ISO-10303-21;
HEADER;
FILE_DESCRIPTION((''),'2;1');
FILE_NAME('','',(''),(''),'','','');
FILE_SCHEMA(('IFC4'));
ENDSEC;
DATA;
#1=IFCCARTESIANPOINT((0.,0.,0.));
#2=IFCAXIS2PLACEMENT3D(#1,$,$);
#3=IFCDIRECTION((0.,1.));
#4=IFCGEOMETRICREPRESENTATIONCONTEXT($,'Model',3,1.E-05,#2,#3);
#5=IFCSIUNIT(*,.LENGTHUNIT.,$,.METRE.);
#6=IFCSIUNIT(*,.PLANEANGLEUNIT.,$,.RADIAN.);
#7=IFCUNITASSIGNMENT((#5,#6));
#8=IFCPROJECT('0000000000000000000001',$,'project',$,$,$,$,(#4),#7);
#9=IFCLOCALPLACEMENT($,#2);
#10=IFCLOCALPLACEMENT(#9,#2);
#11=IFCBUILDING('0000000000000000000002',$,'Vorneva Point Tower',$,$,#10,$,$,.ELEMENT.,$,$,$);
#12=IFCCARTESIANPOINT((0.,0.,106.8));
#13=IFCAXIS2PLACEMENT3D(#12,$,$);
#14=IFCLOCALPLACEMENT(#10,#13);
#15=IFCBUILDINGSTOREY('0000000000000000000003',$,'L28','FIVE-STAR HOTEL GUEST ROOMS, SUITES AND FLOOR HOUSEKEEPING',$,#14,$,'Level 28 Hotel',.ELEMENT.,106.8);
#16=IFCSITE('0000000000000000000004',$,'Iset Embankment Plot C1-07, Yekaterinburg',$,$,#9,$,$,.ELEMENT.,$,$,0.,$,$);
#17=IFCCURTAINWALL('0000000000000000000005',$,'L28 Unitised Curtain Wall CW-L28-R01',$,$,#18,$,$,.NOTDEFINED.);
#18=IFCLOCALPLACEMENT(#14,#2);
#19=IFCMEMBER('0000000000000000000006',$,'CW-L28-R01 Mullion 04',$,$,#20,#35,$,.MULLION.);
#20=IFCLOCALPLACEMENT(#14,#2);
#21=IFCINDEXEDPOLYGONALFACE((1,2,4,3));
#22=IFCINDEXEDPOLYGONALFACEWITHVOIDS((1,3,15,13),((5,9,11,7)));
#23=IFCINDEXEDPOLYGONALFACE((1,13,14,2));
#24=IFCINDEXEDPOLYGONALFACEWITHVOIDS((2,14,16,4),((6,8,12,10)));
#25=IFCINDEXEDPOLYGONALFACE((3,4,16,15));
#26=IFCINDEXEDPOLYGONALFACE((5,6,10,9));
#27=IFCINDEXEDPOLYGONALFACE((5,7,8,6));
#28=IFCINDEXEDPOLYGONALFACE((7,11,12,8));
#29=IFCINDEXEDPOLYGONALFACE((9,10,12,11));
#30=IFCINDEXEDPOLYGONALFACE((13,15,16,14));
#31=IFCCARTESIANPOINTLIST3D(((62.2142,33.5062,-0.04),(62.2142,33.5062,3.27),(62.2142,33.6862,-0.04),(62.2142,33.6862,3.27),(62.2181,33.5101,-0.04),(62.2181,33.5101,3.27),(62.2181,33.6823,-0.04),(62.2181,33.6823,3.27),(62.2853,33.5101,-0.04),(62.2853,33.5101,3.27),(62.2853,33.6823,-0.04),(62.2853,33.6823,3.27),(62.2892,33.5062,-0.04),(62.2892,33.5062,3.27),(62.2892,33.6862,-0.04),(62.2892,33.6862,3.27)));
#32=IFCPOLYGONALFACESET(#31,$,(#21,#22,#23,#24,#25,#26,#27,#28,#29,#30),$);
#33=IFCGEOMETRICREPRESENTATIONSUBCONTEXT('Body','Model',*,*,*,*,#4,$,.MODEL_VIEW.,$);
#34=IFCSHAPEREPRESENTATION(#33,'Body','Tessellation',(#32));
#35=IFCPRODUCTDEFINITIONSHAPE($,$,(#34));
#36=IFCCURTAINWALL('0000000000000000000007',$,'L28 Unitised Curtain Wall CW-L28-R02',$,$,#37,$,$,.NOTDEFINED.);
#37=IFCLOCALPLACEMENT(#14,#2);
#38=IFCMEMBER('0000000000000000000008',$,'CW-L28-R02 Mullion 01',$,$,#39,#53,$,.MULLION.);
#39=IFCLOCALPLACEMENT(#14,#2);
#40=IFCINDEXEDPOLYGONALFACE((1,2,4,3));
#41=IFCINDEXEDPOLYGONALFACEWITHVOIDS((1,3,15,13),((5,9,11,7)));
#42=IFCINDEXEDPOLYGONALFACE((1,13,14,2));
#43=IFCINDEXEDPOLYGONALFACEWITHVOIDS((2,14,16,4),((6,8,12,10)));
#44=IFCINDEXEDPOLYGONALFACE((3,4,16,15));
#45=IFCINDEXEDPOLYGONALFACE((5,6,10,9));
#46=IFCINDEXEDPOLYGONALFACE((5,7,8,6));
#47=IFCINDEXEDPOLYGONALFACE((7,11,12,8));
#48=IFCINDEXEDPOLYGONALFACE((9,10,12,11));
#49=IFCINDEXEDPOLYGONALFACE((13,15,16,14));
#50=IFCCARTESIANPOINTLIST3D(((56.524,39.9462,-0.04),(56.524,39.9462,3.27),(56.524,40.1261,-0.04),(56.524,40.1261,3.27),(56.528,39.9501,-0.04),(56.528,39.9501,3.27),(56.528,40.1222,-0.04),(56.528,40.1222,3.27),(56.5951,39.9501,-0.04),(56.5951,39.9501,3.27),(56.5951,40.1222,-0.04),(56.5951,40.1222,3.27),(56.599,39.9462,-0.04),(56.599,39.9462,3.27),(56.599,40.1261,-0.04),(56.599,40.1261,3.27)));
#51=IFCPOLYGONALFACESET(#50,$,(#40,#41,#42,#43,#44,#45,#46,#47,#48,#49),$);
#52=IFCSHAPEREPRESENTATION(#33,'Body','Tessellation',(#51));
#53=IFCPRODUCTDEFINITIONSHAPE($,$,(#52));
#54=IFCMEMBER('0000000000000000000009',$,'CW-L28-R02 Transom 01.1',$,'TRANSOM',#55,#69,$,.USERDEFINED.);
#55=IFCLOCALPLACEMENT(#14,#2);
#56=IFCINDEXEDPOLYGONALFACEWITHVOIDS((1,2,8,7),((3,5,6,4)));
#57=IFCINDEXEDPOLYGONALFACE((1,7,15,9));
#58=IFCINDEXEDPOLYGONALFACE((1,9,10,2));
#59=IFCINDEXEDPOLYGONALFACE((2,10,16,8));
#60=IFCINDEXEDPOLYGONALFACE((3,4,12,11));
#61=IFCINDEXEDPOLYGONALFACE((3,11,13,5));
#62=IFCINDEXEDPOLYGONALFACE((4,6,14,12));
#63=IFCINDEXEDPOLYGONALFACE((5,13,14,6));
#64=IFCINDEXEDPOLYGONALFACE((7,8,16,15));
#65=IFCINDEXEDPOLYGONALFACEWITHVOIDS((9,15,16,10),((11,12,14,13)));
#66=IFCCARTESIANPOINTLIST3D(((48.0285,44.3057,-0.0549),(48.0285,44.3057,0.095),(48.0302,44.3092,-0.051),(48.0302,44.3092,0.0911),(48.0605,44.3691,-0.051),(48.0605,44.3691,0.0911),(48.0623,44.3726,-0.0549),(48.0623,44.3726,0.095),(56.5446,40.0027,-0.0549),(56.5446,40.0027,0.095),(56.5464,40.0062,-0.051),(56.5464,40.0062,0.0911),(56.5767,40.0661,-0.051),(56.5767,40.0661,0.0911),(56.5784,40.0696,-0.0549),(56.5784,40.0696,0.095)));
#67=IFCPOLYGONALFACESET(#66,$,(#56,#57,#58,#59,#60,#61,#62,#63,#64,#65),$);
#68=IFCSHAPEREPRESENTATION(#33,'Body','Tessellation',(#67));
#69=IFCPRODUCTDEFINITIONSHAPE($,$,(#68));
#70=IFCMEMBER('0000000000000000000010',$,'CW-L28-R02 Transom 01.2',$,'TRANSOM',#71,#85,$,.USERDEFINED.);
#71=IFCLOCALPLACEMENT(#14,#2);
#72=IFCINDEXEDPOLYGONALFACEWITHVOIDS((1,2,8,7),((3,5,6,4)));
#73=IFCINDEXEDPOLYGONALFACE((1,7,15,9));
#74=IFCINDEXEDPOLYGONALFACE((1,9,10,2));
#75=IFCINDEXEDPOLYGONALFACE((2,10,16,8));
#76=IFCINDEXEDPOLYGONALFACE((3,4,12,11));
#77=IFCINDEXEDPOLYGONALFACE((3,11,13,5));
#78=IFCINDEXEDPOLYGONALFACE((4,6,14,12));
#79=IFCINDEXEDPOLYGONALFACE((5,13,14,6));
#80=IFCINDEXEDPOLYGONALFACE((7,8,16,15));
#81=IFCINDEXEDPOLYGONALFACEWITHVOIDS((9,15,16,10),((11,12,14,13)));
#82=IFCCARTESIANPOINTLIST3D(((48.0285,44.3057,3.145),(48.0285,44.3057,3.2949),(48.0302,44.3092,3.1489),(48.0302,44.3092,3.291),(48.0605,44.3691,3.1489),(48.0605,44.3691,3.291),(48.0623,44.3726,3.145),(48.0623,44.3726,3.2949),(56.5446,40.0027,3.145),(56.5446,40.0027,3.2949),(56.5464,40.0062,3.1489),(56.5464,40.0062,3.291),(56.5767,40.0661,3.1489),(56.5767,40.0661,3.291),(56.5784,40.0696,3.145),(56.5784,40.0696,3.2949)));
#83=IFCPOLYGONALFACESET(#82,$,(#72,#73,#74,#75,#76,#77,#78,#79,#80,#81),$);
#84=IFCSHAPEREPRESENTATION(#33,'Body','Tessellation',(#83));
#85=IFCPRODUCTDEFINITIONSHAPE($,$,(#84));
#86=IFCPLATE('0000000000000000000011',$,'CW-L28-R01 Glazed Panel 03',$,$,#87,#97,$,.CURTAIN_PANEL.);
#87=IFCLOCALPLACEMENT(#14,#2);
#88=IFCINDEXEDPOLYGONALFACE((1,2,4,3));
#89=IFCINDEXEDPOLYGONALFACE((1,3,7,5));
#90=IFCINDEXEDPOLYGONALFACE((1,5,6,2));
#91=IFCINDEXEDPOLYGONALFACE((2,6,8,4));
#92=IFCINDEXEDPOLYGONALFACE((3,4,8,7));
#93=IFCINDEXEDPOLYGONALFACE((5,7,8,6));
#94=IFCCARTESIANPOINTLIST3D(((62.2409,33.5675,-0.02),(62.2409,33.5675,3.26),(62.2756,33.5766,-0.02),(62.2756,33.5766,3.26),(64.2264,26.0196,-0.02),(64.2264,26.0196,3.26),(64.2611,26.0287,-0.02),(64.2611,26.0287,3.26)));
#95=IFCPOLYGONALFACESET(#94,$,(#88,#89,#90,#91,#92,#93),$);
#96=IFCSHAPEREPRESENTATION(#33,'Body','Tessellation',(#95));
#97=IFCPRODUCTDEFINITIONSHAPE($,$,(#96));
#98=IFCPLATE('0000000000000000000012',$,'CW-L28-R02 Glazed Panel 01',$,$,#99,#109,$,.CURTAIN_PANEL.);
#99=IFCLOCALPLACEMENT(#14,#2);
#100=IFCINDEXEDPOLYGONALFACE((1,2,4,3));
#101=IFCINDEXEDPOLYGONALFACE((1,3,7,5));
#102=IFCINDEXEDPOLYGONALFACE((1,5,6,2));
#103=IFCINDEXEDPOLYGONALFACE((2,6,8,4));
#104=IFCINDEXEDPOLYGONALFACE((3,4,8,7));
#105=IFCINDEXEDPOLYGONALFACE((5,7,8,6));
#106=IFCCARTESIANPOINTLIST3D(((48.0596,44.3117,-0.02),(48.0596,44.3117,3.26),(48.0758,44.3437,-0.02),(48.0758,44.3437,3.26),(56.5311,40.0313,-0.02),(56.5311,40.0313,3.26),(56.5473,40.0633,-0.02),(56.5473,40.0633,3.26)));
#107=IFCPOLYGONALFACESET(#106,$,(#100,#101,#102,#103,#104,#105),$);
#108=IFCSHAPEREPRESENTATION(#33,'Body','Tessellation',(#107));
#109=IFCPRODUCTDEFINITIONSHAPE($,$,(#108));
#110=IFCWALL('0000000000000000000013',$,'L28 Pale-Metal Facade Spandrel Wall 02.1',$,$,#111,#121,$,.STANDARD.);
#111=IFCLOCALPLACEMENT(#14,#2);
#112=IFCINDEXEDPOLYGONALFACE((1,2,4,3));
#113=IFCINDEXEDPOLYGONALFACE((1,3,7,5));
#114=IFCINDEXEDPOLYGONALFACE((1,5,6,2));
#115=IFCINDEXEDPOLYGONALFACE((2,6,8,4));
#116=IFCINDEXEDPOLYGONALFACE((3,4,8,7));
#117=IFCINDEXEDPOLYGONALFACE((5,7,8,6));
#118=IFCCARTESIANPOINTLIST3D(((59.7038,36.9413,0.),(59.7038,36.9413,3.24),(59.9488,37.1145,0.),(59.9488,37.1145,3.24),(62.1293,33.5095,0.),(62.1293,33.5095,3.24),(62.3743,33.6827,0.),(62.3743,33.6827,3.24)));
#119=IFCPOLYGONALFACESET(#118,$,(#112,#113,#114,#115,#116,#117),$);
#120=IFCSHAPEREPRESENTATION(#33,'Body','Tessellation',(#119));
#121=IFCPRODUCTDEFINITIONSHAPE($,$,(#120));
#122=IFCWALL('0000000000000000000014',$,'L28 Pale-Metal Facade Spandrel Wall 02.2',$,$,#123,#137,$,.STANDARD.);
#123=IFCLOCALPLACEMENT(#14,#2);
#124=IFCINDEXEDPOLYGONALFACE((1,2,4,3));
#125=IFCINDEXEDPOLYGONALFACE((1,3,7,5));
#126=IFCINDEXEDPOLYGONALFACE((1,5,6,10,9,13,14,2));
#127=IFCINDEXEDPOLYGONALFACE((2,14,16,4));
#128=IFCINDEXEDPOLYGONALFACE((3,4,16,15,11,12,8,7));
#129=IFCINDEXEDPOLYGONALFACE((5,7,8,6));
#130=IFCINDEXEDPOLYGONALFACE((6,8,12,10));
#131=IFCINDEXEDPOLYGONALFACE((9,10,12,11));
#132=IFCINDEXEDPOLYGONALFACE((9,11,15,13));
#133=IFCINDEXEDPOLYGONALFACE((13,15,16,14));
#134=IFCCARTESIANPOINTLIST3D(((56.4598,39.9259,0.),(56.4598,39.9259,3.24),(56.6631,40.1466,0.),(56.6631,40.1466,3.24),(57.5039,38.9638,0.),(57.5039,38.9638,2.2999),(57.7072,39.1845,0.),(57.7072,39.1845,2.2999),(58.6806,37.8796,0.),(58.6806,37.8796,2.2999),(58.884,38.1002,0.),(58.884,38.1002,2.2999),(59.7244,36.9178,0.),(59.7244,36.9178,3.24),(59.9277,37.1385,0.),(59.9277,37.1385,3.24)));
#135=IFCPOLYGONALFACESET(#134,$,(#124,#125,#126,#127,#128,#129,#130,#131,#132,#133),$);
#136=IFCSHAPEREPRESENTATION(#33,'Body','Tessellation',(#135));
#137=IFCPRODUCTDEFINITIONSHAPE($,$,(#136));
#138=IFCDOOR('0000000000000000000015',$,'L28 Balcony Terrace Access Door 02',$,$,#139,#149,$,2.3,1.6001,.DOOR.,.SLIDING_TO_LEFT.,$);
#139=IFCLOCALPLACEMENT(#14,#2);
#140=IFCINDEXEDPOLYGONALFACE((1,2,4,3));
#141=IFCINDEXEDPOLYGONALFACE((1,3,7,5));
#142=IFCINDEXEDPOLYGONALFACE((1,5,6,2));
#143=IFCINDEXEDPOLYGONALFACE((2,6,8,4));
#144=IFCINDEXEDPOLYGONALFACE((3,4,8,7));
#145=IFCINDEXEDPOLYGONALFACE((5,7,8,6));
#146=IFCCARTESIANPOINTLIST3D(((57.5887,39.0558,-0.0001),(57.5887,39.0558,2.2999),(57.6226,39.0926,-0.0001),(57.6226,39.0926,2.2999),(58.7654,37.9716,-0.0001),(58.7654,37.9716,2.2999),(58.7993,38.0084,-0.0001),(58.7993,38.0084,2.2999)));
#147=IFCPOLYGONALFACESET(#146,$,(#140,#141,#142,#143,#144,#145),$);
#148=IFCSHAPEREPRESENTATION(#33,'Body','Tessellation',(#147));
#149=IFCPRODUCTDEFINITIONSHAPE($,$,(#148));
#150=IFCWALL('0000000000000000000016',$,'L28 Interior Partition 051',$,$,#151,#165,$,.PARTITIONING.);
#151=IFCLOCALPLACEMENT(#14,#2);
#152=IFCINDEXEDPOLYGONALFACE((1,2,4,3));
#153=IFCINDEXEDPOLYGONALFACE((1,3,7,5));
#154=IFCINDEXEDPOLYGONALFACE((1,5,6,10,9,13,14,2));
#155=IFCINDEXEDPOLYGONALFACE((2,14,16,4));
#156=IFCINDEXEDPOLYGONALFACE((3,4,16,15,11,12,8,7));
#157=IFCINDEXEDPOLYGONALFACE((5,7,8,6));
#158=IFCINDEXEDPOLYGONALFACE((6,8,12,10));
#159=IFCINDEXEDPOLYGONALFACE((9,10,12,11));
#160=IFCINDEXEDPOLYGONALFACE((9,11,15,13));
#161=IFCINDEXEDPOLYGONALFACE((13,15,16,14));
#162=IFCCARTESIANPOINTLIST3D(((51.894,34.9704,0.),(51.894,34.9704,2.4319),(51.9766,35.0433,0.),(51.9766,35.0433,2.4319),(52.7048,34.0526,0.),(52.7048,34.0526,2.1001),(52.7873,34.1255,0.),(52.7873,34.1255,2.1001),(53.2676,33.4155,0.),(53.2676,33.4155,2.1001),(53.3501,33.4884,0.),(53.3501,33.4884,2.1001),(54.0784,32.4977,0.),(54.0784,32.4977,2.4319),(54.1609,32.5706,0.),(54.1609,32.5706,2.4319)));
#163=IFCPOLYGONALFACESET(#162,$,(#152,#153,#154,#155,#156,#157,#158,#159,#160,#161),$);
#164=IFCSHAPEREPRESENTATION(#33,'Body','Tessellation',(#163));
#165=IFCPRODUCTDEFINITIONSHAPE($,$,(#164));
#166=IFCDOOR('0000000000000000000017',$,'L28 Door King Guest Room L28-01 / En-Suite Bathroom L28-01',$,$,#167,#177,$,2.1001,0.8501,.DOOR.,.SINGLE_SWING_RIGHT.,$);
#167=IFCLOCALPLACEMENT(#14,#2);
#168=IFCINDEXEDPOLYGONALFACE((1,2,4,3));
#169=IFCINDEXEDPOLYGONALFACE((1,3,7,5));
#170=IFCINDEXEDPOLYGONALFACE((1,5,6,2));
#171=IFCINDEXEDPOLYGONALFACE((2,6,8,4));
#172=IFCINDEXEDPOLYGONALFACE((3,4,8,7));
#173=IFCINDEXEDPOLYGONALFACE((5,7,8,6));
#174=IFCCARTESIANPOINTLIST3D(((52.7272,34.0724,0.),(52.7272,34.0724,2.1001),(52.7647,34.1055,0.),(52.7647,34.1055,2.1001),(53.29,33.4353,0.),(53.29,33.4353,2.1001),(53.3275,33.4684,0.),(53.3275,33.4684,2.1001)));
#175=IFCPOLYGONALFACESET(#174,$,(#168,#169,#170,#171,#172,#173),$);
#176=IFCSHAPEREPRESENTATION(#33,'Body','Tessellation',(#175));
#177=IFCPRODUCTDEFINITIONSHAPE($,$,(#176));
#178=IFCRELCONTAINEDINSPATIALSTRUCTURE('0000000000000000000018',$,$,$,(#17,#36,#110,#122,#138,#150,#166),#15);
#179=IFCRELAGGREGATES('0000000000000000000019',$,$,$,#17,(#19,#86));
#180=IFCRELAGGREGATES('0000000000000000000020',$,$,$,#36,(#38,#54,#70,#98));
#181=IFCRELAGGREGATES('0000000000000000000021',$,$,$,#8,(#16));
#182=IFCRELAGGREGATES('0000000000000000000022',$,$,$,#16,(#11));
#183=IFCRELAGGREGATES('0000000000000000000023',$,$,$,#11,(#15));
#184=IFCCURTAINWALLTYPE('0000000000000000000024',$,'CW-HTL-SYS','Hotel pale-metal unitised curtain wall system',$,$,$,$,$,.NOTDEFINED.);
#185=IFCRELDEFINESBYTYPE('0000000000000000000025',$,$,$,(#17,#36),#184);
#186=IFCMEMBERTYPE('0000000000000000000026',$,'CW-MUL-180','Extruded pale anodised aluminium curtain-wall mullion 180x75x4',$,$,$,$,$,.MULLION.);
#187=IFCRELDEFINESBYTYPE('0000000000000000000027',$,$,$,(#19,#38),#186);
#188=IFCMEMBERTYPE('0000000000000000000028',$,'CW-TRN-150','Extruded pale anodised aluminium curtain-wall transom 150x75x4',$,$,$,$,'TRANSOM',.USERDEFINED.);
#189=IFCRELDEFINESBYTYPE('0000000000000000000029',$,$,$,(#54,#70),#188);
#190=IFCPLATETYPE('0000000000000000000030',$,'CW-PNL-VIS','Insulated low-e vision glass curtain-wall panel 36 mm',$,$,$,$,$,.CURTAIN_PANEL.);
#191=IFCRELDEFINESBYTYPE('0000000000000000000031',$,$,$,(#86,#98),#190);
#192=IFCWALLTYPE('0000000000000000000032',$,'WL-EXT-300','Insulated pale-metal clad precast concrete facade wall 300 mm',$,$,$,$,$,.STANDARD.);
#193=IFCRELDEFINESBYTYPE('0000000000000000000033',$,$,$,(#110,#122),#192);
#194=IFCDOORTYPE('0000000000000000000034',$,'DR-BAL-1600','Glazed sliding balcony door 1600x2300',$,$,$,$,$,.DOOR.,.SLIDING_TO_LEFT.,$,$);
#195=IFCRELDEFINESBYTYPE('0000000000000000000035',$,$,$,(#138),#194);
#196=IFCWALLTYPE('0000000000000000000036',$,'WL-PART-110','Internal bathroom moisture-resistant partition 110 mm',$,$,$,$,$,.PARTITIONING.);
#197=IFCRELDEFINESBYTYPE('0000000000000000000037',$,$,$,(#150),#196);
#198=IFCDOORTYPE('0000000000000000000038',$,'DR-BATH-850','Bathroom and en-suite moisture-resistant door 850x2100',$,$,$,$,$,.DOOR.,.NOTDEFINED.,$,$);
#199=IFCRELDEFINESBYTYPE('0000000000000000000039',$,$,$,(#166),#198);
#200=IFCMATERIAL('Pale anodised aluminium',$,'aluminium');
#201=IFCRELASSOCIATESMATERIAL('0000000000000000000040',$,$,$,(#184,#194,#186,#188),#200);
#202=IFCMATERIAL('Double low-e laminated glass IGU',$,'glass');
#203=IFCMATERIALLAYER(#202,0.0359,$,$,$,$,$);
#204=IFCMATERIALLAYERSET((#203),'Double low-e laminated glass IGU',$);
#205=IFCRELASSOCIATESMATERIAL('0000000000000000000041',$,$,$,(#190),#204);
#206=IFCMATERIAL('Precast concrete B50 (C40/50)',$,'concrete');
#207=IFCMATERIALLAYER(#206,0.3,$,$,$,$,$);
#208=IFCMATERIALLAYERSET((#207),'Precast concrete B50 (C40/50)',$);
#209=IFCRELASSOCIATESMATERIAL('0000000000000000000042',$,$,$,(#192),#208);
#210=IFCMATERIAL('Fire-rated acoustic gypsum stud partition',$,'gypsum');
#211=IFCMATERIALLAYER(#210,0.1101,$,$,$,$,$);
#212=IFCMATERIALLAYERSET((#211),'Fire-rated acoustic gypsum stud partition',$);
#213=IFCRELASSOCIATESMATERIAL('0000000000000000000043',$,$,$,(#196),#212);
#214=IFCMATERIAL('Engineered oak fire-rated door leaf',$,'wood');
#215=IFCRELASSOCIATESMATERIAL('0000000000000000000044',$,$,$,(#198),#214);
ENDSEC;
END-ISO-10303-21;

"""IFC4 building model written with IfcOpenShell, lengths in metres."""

from ifc_helpers import new_model, si_unit, direction, frame, frame_2d, origin, origin_2d, place, context, subcontext, project, spatial, rectangle, hollow_rectangle, extrude, material, layer, layer_set, material_profile, profile_set, type_object, element, fill, aggregate, save


model = new_model("IFC4")

# Units and contexts
model_context = context("Model", 3, precision=1e-05, world=origin(), true_north=direction((0.0, 1.0)))
body_context = subcontext(model_context, "Body", "Model", "MODEL_VIEW")
ifc_project = project(units=[si_unit("LENGTHUNIT", "METRE"), si_unit("PLANEANGLEUNIT", "RADIAN")], contexts=[model_context])

# Site, building, storey
site_placement = place(None, origin())
site = spatial("IfcSite", under=ifc_project, at=site_placement, Name="Iset Embankment Plot C1-07, Yekaterinburg", CompositionType="ELEMENT", RefElevation=0.0)
building_placement = place(site_placement, origin())
building = spatial("IfcBuilding", under=site, at=building_placement, Name="Vorneva Point Tower", CompositionType="ELEMENT")
storey_placement = place(building_placement, frame((0.0, 0.0, 106.8)))
storey = spatial("IfcBuildingStorey", under=building, at=storey_placement, Name="L28", Description="FIVE-STAR HOTEL GUEST ROOMS, SUITES AND FLOOR HOUSEKEEPING", LongName="Level 28 Hotel", CompositionType="ELEMENT", Elevation=106.8)

# Curtain wall, member
ifc_material_1 = material(Name="Pale anodised aluminium", Category="aluminium")
curtain_wall_type = type_object("IfcCurtainWallType", Name="CW-HTL-SYS", Description="Hotel pale-metal unitised curtain wall system", PredefinedType="NOTDEFINED", material=ifc_material_1)
curtain_wall_1_placement = place(storey_placement, origin())
curtain_wall_1 = element("IfcCurtainWall", 1, at=curtain_wall_1_placement, inside=storey, type_object=curtain_wall_type, Name="L28 Unitised Curtain Wall CW-L28-R01", PredefinedType="NOTDEFINED")
ifc_material_profile_1 = material_profile(ifc_material_1, hollow_rectangle(XDim=0.075, YDim=0.1799, WallThickness=0.0039, at=origin_2d()), Name="AL-MUL 180x75x4")
ifc_profile_set_1 = profile_set([ifc_material_profile_1], Name="Pale anodised aluminium")
member_type_1 = type_object("IfcMemberType", Name="CW-MUL-180", Description="Extruded pale anodised aluminium curtain-wall mullion 180x75x4", PredefinedType="MULLION", material=ifc_profile_set_1)
member_1_placement = place(storey_placement, frame((62.2517, 33.5962, -0.04), z_axis=(0.0, 0.0, 1.0), x_axis=(1.0, 0.0, 0.0)))
member_1 = element("IfcMember", 2, at=member_1_placement, type_object=member_type_1, Name="CW-L28-R01 Mullion 04", PredefinedType="MULLION", context=body_context, shape_type="SweptSolid", body=[
    extrude(hollow_rectangle(XDim=0.075, YDim=0.1799, WallThickness=0.0039, at=origin_2d()), origin(), (0.0, 0.0, 1.0), 3.3101),
])

# Curtain wall, members
curtain_wall_2_placement = place(storey_placement, origin())
curtain_wall_2 = element("IfcCurtainWall", 3, at=curtain_wall_2_placement, inside=storey, type_object=curtain_wall_type, Name="L28 Unitised Curtain Wall CW-L28-R02", PredefinedType="NOTDEFINED")
member_2_placement = place(storey_placement, frame((56.5615, 40.0361, -0.04), z_axis=(0.0, 0.0, 1.0), x_axis=(1.0, 0.0, 0.0)))
member_2 = element("IfcMember", 4, at=member_2_placement, type_object=member_type_1, Name="CW-L28-R02 Mullion 01", PredefinedType="MULLION", context=body_context, shape_type="SweptSolid", body=[
    extrude(hollow_rectangle(XDim=0.075, YDim=0.1799, WallThickness=0.0039, at=origin_2d()), origin(), (0.0, 0.0, 1.0), 3.3101),
])
ifc_material_profile_2 = material_profile(ifc_material_1, hollow_rectangle(XDim=0.075, YDim=0.1499, WallThickness=0.0039, at=origin_2d()), Name="AL-TRN 150x75x4")
ifc_profile_set_2 = profile_set([ifc_material_profile_2], Name="Pale anodised aluminium")
member_type_2 = type_object("IfcMemberType", Name="CW-TRN-150", Description="Extruded pale anodised aluminium curtain-wall transom 150x75x4", ElementType="TRANSOM", PredefinedType="USERDEFINED", material=ifc_profile_set_2)
member_3_placement = place(storey_placement, frame((56.5615, 40.0361, 0.02), z_axis=(-0.892536, 0.450976, 0.0), x_axis=(-0.450976, -0.892536, 0.0)))
member_3 = element("IfcMember", 5, at=member_3_placement, type_object=member_type_2, Name="CW-L28-R02 Transom 01.1", ObjectType="TRANSOM", PredefinedType="USERDEFINED", context=body_context, shape_type="SweptSolid", body=[
    extrude(hollow_rectangle(XDim=0.075, YDim=0.1499, WallThickness=0.0039, at=origin_2d()), origin(), (0.0, 0.0, 1.0), 9.5415),
])
member_4_placement = place(storey_placement, frame((56.5615, 40.0361, 3.22), z_axis=(-0.892536, 0.450976, 0.0), x_axis=(-0.450976, -0.892536, 0.0)))
member_4 = element("IfcMember", 6, at=member_4_placement, type_object=member_type_2, Name="CW-L28-R02 Transom 01.2", ObjectType="TRANSOM", PredefinedType="USERDEFINED", context=body_context, shape_type="SweptSolid", body=[
    extrude(hollow_rectangle(XDim=0.075, YDim=0.1499, WallThickness=0.0039, at=origin_2d()), origin(), (0.0, 0.0, 1.0), 9.5415),
])

# Plates
ifc_material_2 = material(Name="Double low-e laminated glass IGU", Category="glass")
ifc_layer_1 = layer(ifc_material_2, 0.0359)
ifc_layer_set_1 = layer_set([ifc_layer_1], Name="Double low-e laminated glass IGU")
plate_type = type_object("IfcPlateType", Name="CW-PNL-VIS", Description="Insulated low-e vision glass curtain-wall panel 36 mm", PredefinedType="CURTAIN_PANEL", material=ifc_layer_set_1)
plate_1_placement = place(storey_placement, frame((63.251, 29.7981, -0.02), z_axis=(0.0, 0.0, 1.0), x_axis=(-0.254399, 0.967099, 0.0)))
plate_1 = element("IfcPlate", 7, at=plate_1_placement, type_object=plate_type, Name="CW-L28-R01 Glazed Panel 03", PredefinedType="CURTAIN_PANEL", context=body_context, shape_type="SweptSolid", body=[
    extrude(rectangle(XDim=7.8047, YDim=0.0359, at=origin_2d()), origin(), (0.0, 0.0, 1.0), 3.28),
])
aggregate(curtain_wall_1, [member_1, plate_1])
plate_2_placement = place(storey_placement, frame((52.3035, 42.1875, -0.02), z_axis=(0.0, 0.0, 1.0), x_axis=(-0.892539, 0.450971, 0.0)))
plate_2 = element("IfcPlate", 8, at=plate_2_placement, type_object=plate_type, Name="CW-L28-R02 Glazed Panel 01", PredefinedType="CURTAIN_PANEL", context=body_context, shape_type="SweptSolid", body=[
    extrude(rectangle(XDim=9.4915, YDim=0.0359, at=origin_2d()), origin(), (0.0, 0.0, 1.0), 3.28),
])
aggregate(curtain_wall_2, [member_2, member_3, member_4, plate_2])

# Wall
ifc_material_3 = material(Name="Precast concrete B50 (C40/50)", Category="concrete")
ifc_layer_2 = layer(ifc_material_3, 0.3)
ifc_layer_set_2 = layer_set([ifc_layer_2], Name="Precast concrete B50 (C40/50)")
wall_type_1 = type_object("IfcWallType", Name="WL-EXT-300", Description="Insulated pale-metal clad precast concrete facade wall 300 mm", PredefinedType="STANDARD", material=ifc_layer_set_2)
wall_1_placement = place(storey_placement, frame((62.2517, 33.5962, 0.0), z_axis=(0.0, 0.0, 1.0), x_axis=(-0.577164, 0.816628, 0.0)))
element("IfcWall", 9, at=wall_1_placement, inside=storey, type_object=wall_type_1, Name="L28 Pale-Metal Facade Spandrel Wall 02.1", PredefinedType="STANDARD", context=body_context, shape_type="SweptSolid", body=[
    extrude(rectangle(XDim=4.2024, YDim=0.3, at=frame_2d((2.1011, 0.0))), origin(), (0.0, 0.0, 1.0), 3.24),
])

# Walls, openings, doors
wall_2_placement = place(storey_placement, frame((59.8262, 37.0281, 0.0), z_axis=(0.0, 0.0, 1.0), x_axis=(-0.735417, 0.677615, 0.0)))
wall_2 = element("IfcWall", 10, at=wall_2_placement, inside=storey, type_object=wall_type_1, Name="L28 Pale-Metal Facade Spandrel Wall 02.2", PredefinedType="STANDARD", context=body_context, shape_type="SweptSolid", body=[
    extrude(rectangle(XDim=4.4392, YDim=0.3, at=frame_2d((2.2197, 0.0))), origin(), (0.0, 0.0, 1.0), 3.24),
])
opening_1_placement = place(wall_2_placement, frame((1.4194, 0.0, 0.0)))
opening_1 = element("IfcOpeningElement", 11, at=opening_1_placement, cuts=wall_2, PredefinedType="OPENING", context=body_context, shape_type="SweptSolid", body=[
    extrude(rectangle(XDim=1.6001, YDim=2.3, at=frame_2d((0.8, 1.1499))), frame((0.0, 0.165, 0.0), z_axis=(0.0, -1.0, 0.0), x_axis=(1.0, 0.0, 0.0)), (0.0, 0.0, 1.0), 0.3298),
])
door_type_1 = type_object("IfcDoorType", Name="DR-BAL-1600", Description="Glazed sliding balcony door 1600x2300", OperationType="SLIDING_TO_LEFT", PredefinedType="DOOR", material=ifc_material_1)
door_1_placement = place(opening_1_placement, origin())
door_1 = element("IfcDoor", 12, at=door_1_placement, inside=storey, type_object=door_type_1, Name="L28 Balcony Terrace Access Door 02", OperationType="SLIDING_TO_LEFT", OverallHeight=2.3, OverallWidth=1.6001, PredefinedType="DOOR", context=body_context, shape_type="SweptSolid", body=[
    extrude(rectangle(XDim=1.6001, YDim=2.3, at=frame_2d((0.8, 1.1499))), frame((0.0, 0.0249, 0.0), z_axis=(0.0, -1.0, 0.0), x_axis=(1.0, 0.0, 0.0)), (0.0, 0.0, 1.0), 0.05),
])
fill(opening_1, door_1)
ifc_material_4 = material(Name="Fire-rated acoustic gypsum stud partition", Category="gypsum")
ifc_layer_3 = layer(ifc_material_4, 0.1101)
ifc_layer_set_3 = layer_set([ifc_layer_3], Name="Fire-rated acoustic gypsum stud partition")
wall_type_2 = type_object("IfcWallType", Name="WL-PART-110", Description="Internal bathroom moisture-resistant partition 110 mm", PredefinedType="PARTITIONING", material=ifc_layer_set_3)
wall_3_placement = place(storey_placement, frame((51.9353, 35.0068, 0.0), z_axis=(0.0, 0.0, 1.0), x_axis=(0.66206, -0.749451, 0.0)))
wall_3 = element("IfcWall", 13, at=wall_3_placement, inside=storey, type_object=wall_type_2, Name="L28 Interior Partition 051", PredefinedType="PARTITIONING", context=body_context, shape_type="SweptSolid", body=[
    extrude(rectangle(XDim=3.2993, YDim=0.1101, at=frame_2d((1.6497, 0.0))), origin(), (0.0, 0.0, 1.0), 2.4319),
])
opening_2_placement = place(wall_3_placement, frame((1.2246, 0.0, 0.0)))
opening_2 = element("IfcOpeningElement", 14, at=opening_2_placement, cuts=wall_3, PredefinedType="OPENING", context=body_context, shape_type="SweptSolid", body=[
    extrude(rectangle(XDim=0.8501, YDim=2.1001, at=frame_2d((0.425, 1.05))), frame((0.0, 0.0698, 0.0), z_axis=(0.0, -1.0, 0.0), x_axis=(1.0, 0.0, 0.0)), (0.0, 0.0, 1.0), 0.1399),
])
ifc_material_5 = material(Name="Engineered oak fire-rated door leaf", Category="wood")
door_type_2 = type_object("IfcDoorType", Name="DR-BATH-850", Description="Bathroom and en-suite moisture-resistant door 850x2100", OperationType="NOTDEFINED", PredefinedType="DOOR", material=ifc_material_5)
door_2_placement = place(opening_2_placement, origin())
door_2 = element("IfcDoor", 15, at=door_2_placement, inside=storey, type_object=door_type_2, Name="L28 Door King Guest Room L28-01 / En-Suite Bathroom L28-01", OperationType="SINGLE_SWING_RIGHT", OverallHeight=2.1001, OverallWidth=0.8501, PredefinedType="DOOR", context=body_context, shape_type="SweptSolid", body=[
    extrude(rectangle(XDim=0.8501, YDim=2.1001, at=frame_2d((0.425, 1.05))), frame((0.0, 0.0249, 0.0), z_axis=(0.0, -1.0, 0.0), x_axis=(1.0, 0.0, 0.0)), (0.0, 0.0, 1.0), 0.05),
])
fill(opening_2, door_2)

save(model, "model.ifc")
